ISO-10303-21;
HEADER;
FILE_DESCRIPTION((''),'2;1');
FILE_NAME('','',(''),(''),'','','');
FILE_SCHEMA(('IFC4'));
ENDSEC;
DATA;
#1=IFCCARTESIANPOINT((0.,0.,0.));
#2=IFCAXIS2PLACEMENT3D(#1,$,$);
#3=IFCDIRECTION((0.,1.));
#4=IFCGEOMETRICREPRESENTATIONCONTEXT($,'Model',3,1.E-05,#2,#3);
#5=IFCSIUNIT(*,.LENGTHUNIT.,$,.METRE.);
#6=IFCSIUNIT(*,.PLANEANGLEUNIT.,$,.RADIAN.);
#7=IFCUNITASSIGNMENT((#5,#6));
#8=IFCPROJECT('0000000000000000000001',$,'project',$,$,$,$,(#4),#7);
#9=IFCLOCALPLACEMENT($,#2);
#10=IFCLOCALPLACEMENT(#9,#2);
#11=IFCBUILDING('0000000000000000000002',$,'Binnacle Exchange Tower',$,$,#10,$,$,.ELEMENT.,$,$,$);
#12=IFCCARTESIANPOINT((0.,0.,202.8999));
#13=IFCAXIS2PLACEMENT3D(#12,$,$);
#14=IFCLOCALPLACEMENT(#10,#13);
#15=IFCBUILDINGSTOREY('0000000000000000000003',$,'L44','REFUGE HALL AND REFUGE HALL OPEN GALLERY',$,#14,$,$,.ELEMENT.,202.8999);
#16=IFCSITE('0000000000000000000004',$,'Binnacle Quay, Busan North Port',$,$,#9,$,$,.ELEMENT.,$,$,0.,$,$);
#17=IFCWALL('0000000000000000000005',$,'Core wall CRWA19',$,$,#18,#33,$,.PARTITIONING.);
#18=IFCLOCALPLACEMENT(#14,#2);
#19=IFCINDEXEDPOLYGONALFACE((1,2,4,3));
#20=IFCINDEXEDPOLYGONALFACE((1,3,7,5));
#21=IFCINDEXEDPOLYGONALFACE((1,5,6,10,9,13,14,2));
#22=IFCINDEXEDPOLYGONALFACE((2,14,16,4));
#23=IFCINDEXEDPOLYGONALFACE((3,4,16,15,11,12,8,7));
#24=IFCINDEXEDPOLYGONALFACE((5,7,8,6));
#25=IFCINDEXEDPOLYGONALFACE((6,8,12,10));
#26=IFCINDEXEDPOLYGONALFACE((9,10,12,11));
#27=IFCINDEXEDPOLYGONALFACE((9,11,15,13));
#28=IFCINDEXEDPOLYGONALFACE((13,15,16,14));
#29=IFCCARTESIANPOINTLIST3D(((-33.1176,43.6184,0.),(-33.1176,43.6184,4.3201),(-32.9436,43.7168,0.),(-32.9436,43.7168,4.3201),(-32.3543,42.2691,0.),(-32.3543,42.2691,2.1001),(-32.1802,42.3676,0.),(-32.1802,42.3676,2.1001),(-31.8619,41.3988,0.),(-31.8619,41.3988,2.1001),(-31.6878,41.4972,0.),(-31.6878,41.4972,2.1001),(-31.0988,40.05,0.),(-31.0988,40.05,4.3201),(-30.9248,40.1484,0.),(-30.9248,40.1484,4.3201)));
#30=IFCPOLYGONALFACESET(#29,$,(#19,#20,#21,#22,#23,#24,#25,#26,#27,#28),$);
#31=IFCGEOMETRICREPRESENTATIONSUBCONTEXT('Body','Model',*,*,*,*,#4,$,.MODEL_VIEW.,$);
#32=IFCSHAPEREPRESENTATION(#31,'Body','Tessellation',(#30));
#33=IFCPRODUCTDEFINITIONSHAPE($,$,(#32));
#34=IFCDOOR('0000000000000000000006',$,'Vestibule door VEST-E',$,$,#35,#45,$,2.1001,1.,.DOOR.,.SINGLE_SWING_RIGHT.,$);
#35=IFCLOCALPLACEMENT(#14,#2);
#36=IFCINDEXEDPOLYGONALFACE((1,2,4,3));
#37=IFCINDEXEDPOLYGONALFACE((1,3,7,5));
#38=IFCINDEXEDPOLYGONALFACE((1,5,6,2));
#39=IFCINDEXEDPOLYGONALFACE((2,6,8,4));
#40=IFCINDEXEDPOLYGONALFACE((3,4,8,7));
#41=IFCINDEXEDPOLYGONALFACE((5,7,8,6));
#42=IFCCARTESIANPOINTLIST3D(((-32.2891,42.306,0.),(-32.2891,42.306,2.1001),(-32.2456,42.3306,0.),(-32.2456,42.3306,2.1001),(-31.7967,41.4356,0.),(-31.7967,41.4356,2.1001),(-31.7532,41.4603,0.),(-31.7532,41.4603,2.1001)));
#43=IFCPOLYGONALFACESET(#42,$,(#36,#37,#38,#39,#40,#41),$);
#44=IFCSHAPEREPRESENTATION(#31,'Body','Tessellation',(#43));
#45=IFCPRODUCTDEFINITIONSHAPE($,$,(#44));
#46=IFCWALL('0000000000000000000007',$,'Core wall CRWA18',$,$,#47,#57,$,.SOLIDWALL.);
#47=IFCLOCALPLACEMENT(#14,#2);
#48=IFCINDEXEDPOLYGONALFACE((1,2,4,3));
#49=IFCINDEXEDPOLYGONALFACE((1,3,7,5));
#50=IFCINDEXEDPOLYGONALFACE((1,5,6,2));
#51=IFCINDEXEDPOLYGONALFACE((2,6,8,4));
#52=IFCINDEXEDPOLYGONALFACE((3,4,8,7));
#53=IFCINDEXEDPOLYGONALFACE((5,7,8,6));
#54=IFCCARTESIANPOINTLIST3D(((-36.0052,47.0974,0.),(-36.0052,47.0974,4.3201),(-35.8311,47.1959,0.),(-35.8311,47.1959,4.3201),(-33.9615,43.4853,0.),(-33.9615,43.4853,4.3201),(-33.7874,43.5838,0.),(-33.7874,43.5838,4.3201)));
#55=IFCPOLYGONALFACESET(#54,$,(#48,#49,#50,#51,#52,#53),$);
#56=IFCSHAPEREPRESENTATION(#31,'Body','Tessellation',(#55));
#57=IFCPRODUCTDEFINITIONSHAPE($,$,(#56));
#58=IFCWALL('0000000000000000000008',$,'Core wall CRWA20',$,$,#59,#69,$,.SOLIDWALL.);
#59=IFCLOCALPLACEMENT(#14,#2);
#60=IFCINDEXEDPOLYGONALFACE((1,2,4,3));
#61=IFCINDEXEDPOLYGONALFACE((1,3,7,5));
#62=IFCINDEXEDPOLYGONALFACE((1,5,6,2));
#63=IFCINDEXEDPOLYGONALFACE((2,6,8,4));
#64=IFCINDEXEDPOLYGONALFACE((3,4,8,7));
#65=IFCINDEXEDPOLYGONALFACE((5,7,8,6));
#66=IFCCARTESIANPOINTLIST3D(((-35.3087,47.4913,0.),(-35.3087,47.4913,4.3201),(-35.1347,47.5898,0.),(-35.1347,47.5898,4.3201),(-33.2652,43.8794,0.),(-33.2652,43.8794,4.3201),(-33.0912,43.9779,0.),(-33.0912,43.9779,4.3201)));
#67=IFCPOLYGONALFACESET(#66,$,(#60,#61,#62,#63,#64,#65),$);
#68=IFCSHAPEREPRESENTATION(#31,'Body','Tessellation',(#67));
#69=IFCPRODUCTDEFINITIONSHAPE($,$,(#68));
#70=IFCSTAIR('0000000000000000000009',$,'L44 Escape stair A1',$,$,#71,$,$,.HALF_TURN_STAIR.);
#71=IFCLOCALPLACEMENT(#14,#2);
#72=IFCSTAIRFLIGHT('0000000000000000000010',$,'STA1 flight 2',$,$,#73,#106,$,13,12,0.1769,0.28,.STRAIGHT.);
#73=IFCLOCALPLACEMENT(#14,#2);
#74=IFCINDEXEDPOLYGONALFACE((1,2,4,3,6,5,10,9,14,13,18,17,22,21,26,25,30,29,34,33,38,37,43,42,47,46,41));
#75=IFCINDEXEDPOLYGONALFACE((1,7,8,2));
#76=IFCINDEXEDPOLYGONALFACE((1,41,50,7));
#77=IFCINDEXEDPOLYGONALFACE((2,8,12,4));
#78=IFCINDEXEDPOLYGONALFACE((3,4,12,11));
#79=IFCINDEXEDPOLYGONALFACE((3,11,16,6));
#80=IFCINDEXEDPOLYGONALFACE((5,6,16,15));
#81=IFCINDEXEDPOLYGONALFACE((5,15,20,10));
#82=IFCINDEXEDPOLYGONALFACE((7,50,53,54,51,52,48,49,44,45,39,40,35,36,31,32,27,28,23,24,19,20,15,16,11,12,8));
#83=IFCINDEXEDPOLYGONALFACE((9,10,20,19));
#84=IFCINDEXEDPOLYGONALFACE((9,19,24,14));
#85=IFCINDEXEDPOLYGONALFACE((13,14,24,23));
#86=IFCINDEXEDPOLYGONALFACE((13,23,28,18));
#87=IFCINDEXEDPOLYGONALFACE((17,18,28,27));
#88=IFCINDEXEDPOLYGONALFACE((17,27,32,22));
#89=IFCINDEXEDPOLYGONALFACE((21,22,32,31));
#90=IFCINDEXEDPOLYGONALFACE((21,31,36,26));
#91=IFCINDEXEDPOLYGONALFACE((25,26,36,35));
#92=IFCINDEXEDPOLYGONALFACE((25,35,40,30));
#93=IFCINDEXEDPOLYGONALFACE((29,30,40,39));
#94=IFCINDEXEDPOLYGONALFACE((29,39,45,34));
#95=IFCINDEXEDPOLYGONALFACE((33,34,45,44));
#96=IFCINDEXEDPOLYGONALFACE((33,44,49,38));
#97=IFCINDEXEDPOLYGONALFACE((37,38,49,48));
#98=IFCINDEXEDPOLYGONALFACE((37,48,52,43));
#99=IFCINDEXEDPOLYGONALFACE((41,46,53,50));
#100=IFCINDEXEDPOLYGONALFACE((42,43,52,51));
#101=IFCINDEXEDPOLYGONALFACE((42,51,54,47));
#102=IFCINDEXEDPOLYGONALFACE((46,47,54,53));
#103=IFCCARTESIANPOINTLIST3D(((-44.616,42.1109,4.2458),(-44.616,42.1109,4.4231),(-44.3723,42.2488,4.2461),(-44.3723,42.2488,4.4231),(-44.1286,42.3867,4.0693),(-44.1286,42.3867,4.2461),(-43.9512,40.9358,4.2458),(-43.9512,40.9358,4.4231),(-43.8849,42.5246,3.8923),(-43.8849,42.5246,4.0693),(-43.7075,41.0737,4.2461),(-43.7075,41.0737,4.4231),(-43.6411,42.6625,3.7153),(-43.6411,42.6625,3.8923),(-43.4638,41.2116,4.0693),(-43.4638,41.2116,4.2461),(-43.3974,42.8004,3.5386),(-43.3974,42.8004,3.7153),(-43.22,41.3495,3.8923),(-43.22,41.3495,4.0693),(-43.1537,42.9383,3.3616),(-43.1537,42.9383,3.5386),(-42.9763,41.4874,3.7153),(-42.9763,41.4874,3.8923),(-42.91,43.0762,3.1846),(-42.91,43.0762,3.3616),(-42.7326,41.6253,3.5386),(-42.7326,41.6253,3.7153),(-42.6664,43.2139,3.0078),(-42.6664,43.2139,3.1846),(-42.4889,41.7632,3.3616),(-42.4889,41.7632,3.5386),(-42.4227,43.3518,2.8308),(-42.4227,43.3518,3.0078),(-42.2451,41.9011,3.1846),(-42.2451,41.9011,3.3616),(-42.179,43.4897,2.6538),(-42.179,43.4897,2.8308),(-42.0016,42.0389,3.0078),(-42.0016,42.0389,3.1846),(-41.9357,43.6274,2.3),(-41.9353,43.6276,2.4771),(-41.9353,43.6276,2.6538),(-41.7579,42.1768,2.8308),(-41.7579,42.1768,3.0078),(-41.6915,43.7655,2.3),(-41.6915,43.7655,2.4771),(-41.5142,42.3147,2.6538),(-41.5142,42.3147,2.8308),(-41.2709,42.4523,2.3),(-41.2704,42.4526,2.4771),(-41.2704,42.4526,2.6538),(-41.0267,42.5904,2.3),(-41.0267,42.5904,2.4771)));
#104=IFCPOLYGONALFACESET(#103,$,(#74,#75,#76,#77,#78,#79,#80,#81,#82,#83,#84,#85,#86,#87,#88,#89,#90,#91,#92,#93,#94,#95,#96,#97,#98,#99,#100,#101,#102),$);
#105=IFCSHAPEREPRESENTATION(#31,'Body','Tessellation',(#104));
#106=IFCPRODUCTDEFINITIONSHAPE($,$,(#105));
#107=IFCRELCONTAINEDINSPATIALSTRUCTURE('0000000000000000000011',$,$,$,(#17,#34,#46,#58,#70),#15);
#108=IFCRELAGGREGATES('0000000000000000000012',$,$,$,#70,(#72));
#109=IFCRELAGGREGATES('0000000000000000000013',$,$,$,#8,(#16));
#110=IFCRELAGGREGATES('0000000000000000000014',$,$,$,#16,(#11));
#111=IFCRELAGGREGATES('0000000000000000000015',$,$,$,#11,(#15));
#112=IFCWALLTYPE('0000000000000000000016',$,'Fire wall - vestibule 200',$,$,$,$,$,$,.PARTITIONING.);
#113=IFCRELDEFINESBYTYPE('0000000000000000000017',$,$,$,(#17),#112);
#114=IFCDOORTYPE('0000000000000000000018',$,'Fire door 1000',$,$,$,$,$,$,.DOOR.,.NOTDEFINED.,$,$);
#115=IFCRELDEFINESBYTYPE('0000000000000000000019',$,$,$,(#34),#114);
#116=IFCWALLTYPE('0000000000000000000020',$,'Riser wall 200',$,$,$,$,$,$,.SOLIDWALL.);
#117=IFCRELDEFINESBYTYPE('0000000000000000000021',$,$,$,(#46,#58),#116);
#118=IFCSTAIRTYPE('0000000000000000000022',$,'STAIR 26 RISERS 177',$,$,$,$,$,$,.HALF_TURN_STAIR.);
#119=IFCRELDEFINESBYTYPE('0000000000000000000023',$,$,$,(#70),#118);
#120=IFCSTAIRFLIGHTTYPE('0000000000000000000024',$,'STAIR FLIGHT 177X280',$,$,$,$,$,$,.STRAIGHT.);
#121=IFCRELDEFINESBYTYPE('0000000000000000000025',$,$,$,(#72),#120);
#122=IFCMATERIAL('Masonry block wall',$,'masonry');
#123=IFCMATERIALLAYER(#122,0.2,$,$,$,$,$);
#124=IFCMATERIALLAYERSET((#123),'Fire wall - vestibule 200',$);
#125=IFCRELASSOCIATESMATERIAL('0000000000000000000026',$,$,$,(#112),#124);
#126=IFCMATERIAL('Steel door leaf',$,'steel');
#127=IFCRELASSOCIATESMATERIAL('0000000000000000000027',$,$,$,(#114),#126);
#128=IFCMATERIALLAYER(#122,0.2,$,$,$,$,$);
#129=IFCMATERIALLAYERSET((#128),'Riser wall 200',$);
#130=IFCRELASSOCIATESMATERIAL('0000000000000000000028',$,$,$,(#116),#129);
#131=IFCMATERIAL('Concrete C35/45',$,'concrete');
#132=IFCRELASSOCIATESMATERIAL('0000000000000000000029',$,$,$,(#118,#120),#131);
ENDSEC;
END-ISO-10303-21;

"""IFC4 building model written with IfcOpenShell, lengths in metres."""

from ifc_helpers import new_model, si_unit, direction, frame, frame_2d, origin, place, context, subcontext, project, spatial, polyline, rectangle, outline, extrude, material, layer, layer_set, type_object, element, fill, aggregate, save


model = new_model("IFC4")

# Units and contexts
model_context = context("Model", 3, precision=1e-05, world=origin(), true_north=direction((0.0, 1.0)))
body_context = subcontext(model_context, "Body", "Model", "MODEL_VIEW")
ifc_project = project(units=[si_unit("LENGTHUNIT", "METRE"), si_unit("PLANEANGLEUNIT", "RADIAN")], contexts=[model_context])

# Site, building, storey
site_placement = place(None, origin())
site = spatial("IfcSite", under=ifc_project, at=site_placement, Name="Binnacle Quay, Busan North Port", CompositionType="ELEMENT", RefElevation=0.0)
building_placement = place(site_placement, origin())
building = spatial("IfcBuilding", under=site, at=building_placement, Name="Binnacle Exchange Tower", CompositionType="ELEMENT")
storey_placement = place(building_placement, frame((0.0, 0.0, 202.8999)))
storey = spatial("IfcBuildingStorey", under=building, at=storey_placement, Name="L44", Description="REFUGE HALL AND REFUGE HALL OPEN GALLERY", CompositionType="ELEMENT", Elevation=202.8999)

# Shared definitions
ifc_material_1 = material(Name="Steel door leaf", Category="steel")

# Wall, opening, door
ifc_material_2 = material(Name="Masonry block wall", Category="masonry")
ifc_layer_1 = layer(ifc_material_2, 0.2)
ifc_layer_set_1 = layer_set([ifc_layer_1], Name="Fire wall - vestibule 200")
wall_type_1 = type_object("IfcWallType", Name="Fire wall - vestibule 200", PredefinedType="PARTITIONING", material=ifc_layer_set_1)
door_type_1 = type_object("IfcDoorType", Name="Fire door 1000", OperationType="NOTDEFINED", PredefinedType="DOOR", material=ifc_material_1)
wall_1_placement = place(storey_placement, frame((-33.0305, 43.6675, 0.0), z_axis=(0.0, 0.0, 1.0), x_axis=(0.492408, -0.870364, 0.0)))
wall_1 = element("IfcWall", 1, at=wall_1_placement, inside=storey, type_object=wall_type_1, Name="Core wall CRWA19", PredefinedType="PARTITIONING", context=body_context, shape_type="SweptSolid", body=[
    extrude(rectangle(XDim=4.0999, YDim=0.2, at=frame_2d((2.0498, 0.0))), origin(), (0.0, 0.0, 1.0), 4.3201),
])
opening_1_placement = place(wall_1_placement, frame((1.55, 0.0, 0.0)))
opening_1 = element("IfcOpeningElement", 2, at=opening_1_placement, cuts=wall_1, PredefinedType="OPENING", context=body_context, shape_type="SweptSolid", body=[
    extrude(rectangle(XDim=1.0, YDim=2.1001, at=frame_2d((0.5, 1.05))), frame((0.0, 0.1099, 0.0), z_axis=(0.0, -1.0, 0.0), x_axis=(1.0, 0.0, 0.0)), (0.0, 0.0, 1.0), 0.22),
])
door_1_placement = place(opening_1_placement, origin())
door_1 = element("IfcDoor", 3, at=door_1_placement, inside=storey, type_object=door_type_1, Name="Vestibule door VEST-E", OperationType="SINGLE_SWING_RIGHT", OverallHeight=2.1001, OverallWidth=1.0, PredefinedType="DOOR", context=body_context, shape_type="SweptSolid", body=[
    extrude(rectangle(XDim=1.0, YDim=2.1001, at=frame_2d((0.5, 1.05))), frame((0.0, 0.0249, 0.0), z_axis=(0.0, -1.0, 0.0), x_axis=(1.0, 0.0, 0.0)), (0.0, 0.0, 1.0), 0.05),
])
fill(opening_1, door_1)

# Walls
ifc_layer_2 = layer(ifc_material_2, 0.2)
ifc_layer_set_2 = layer_set([ifc_layer_2], Name="Riser wall 200")
wall_type_2 = type_object("IfcWallType", Name="Riser wall 200", PredefinedType="SOLIDWALL", material=ifc_layer_set_2)
wall_2_placement = place(storey_placement, frame((-35.9182, 47.1467, 0.0), z_axis=(0.0, 0.0, 1.0), x_axis=(0.492441, -0.870346, 0.0)))
element("IfcWall", 4, at=wall_2_placement, inside=storey, type_object=wall_type_2, Name="Core wall CRWA18", PredefinedType="SOLIDWALL", context=body_context, shape_type="SweptSolid", body=[
    extrude(rectangle(XDim=4.1501, YDim=0.2, at=frame_2d((2.0752, 0.0))), origin(), (0.0, 0.0, 1.0), 4.3201),
])
wall_3_placement = place(storey_placement, frame((-35.2217, 47.5405, 0.0), z_axis=(0.0, 0.0, 1.0), x_axis=(0.492422, -0.870357, 0.0)))
element("IfcWall", 5, at=wall_3_placement, inside=storey, type_object=wall_type_2, Name="Core wall CRWA20", PredefinedType="SOLIDWALL", context=body_context, shape_type="SweptSolid", body=[
    extrude(rectangle(XDim=4.1499, YDim=0.2, at=frame_2d((2.075, 0.0))), origin(), (0.0, 0.0, 1.0), 4.3201),
])

# Stair, stair flight
ifc_material_3 = material(Name="Concrete C35/45", Category="concrete")
stair_type = type_object("IfcStairType", Name="STAIR 26 RISERS 177", PredefinedType="HALF_TURN_STAIR", material=ifc_material_3)
stair_placement = place(storey_placement, origin())
stair = element("IfcStair", 6, at=stair_placement, inside=storey, type_object=stair_type, Name="L44 Escape stair A1", PredefinedType="HALF_TURN_STAIR")
stair_flight_type = type_object("IfcStairFlightType", Name="STAIR FLIGHT 177X280", PredefinedType="STRAIGHT", material=ifc_material_3)
stair_flight_placement = place(storey_placement, frame((-41.3591, 43.178, 2.3), z_axis=(0.0, 0.0, 1.0), x_axis=(-0.870356, -0.492424, 0.0)))
stair_flight = element("IfcStairFlight", 7, at=stair_flight_placement, type_object=stair_flight_type, Name="STA1 flight 2", NumberOfRisers=13, NumberOfTreads=12, PredefinedType="STRAIGHT", RiserHeight=0.1769, TreadLength=0.28, context=body_context, shape_type="SweptSolid", body=[
    extrude(outline(polyline([(0.0, 0.0), (0.0, 0.177), (0.28, 0.177), (0.28, 0.3538), (0.5601, 0.3538), (0.5601, 0.5308), (0.8401, 0.5308), (0.8401, 0.7078), (1.1201, 0.7078), (1.1201, 0.8845), (1.3999, 0.8845), (1.3999, 1.0615), (1.6799, 1.0615), (1.6799, 1.2385), (1.96, 1.2385), (1.96, 1.4153), (2.24, 1.4153), (2.24, 1.5923), (2.52, 1.5923), (2.52, 1.7693), (2.8, 1.7693), (2.8, 1.946), (3.0801, 1.946), (3.0801, 2.123), (3.3601, 2.123), (3.3601, 2.3), (3.3601, 1.9458), (0.2805, 0.0), (0.0, 0.0)])), frame((0.0, 0.675, 0.0), z_axis=(0.0, -1.0, 0.0), x_axis=(1.0, 0.0, 0.0)), (0.0, 0.0, 1.0), 1.3501),
])
aggregate(stair, [stair_flight])

save(model, "model.ifc")
